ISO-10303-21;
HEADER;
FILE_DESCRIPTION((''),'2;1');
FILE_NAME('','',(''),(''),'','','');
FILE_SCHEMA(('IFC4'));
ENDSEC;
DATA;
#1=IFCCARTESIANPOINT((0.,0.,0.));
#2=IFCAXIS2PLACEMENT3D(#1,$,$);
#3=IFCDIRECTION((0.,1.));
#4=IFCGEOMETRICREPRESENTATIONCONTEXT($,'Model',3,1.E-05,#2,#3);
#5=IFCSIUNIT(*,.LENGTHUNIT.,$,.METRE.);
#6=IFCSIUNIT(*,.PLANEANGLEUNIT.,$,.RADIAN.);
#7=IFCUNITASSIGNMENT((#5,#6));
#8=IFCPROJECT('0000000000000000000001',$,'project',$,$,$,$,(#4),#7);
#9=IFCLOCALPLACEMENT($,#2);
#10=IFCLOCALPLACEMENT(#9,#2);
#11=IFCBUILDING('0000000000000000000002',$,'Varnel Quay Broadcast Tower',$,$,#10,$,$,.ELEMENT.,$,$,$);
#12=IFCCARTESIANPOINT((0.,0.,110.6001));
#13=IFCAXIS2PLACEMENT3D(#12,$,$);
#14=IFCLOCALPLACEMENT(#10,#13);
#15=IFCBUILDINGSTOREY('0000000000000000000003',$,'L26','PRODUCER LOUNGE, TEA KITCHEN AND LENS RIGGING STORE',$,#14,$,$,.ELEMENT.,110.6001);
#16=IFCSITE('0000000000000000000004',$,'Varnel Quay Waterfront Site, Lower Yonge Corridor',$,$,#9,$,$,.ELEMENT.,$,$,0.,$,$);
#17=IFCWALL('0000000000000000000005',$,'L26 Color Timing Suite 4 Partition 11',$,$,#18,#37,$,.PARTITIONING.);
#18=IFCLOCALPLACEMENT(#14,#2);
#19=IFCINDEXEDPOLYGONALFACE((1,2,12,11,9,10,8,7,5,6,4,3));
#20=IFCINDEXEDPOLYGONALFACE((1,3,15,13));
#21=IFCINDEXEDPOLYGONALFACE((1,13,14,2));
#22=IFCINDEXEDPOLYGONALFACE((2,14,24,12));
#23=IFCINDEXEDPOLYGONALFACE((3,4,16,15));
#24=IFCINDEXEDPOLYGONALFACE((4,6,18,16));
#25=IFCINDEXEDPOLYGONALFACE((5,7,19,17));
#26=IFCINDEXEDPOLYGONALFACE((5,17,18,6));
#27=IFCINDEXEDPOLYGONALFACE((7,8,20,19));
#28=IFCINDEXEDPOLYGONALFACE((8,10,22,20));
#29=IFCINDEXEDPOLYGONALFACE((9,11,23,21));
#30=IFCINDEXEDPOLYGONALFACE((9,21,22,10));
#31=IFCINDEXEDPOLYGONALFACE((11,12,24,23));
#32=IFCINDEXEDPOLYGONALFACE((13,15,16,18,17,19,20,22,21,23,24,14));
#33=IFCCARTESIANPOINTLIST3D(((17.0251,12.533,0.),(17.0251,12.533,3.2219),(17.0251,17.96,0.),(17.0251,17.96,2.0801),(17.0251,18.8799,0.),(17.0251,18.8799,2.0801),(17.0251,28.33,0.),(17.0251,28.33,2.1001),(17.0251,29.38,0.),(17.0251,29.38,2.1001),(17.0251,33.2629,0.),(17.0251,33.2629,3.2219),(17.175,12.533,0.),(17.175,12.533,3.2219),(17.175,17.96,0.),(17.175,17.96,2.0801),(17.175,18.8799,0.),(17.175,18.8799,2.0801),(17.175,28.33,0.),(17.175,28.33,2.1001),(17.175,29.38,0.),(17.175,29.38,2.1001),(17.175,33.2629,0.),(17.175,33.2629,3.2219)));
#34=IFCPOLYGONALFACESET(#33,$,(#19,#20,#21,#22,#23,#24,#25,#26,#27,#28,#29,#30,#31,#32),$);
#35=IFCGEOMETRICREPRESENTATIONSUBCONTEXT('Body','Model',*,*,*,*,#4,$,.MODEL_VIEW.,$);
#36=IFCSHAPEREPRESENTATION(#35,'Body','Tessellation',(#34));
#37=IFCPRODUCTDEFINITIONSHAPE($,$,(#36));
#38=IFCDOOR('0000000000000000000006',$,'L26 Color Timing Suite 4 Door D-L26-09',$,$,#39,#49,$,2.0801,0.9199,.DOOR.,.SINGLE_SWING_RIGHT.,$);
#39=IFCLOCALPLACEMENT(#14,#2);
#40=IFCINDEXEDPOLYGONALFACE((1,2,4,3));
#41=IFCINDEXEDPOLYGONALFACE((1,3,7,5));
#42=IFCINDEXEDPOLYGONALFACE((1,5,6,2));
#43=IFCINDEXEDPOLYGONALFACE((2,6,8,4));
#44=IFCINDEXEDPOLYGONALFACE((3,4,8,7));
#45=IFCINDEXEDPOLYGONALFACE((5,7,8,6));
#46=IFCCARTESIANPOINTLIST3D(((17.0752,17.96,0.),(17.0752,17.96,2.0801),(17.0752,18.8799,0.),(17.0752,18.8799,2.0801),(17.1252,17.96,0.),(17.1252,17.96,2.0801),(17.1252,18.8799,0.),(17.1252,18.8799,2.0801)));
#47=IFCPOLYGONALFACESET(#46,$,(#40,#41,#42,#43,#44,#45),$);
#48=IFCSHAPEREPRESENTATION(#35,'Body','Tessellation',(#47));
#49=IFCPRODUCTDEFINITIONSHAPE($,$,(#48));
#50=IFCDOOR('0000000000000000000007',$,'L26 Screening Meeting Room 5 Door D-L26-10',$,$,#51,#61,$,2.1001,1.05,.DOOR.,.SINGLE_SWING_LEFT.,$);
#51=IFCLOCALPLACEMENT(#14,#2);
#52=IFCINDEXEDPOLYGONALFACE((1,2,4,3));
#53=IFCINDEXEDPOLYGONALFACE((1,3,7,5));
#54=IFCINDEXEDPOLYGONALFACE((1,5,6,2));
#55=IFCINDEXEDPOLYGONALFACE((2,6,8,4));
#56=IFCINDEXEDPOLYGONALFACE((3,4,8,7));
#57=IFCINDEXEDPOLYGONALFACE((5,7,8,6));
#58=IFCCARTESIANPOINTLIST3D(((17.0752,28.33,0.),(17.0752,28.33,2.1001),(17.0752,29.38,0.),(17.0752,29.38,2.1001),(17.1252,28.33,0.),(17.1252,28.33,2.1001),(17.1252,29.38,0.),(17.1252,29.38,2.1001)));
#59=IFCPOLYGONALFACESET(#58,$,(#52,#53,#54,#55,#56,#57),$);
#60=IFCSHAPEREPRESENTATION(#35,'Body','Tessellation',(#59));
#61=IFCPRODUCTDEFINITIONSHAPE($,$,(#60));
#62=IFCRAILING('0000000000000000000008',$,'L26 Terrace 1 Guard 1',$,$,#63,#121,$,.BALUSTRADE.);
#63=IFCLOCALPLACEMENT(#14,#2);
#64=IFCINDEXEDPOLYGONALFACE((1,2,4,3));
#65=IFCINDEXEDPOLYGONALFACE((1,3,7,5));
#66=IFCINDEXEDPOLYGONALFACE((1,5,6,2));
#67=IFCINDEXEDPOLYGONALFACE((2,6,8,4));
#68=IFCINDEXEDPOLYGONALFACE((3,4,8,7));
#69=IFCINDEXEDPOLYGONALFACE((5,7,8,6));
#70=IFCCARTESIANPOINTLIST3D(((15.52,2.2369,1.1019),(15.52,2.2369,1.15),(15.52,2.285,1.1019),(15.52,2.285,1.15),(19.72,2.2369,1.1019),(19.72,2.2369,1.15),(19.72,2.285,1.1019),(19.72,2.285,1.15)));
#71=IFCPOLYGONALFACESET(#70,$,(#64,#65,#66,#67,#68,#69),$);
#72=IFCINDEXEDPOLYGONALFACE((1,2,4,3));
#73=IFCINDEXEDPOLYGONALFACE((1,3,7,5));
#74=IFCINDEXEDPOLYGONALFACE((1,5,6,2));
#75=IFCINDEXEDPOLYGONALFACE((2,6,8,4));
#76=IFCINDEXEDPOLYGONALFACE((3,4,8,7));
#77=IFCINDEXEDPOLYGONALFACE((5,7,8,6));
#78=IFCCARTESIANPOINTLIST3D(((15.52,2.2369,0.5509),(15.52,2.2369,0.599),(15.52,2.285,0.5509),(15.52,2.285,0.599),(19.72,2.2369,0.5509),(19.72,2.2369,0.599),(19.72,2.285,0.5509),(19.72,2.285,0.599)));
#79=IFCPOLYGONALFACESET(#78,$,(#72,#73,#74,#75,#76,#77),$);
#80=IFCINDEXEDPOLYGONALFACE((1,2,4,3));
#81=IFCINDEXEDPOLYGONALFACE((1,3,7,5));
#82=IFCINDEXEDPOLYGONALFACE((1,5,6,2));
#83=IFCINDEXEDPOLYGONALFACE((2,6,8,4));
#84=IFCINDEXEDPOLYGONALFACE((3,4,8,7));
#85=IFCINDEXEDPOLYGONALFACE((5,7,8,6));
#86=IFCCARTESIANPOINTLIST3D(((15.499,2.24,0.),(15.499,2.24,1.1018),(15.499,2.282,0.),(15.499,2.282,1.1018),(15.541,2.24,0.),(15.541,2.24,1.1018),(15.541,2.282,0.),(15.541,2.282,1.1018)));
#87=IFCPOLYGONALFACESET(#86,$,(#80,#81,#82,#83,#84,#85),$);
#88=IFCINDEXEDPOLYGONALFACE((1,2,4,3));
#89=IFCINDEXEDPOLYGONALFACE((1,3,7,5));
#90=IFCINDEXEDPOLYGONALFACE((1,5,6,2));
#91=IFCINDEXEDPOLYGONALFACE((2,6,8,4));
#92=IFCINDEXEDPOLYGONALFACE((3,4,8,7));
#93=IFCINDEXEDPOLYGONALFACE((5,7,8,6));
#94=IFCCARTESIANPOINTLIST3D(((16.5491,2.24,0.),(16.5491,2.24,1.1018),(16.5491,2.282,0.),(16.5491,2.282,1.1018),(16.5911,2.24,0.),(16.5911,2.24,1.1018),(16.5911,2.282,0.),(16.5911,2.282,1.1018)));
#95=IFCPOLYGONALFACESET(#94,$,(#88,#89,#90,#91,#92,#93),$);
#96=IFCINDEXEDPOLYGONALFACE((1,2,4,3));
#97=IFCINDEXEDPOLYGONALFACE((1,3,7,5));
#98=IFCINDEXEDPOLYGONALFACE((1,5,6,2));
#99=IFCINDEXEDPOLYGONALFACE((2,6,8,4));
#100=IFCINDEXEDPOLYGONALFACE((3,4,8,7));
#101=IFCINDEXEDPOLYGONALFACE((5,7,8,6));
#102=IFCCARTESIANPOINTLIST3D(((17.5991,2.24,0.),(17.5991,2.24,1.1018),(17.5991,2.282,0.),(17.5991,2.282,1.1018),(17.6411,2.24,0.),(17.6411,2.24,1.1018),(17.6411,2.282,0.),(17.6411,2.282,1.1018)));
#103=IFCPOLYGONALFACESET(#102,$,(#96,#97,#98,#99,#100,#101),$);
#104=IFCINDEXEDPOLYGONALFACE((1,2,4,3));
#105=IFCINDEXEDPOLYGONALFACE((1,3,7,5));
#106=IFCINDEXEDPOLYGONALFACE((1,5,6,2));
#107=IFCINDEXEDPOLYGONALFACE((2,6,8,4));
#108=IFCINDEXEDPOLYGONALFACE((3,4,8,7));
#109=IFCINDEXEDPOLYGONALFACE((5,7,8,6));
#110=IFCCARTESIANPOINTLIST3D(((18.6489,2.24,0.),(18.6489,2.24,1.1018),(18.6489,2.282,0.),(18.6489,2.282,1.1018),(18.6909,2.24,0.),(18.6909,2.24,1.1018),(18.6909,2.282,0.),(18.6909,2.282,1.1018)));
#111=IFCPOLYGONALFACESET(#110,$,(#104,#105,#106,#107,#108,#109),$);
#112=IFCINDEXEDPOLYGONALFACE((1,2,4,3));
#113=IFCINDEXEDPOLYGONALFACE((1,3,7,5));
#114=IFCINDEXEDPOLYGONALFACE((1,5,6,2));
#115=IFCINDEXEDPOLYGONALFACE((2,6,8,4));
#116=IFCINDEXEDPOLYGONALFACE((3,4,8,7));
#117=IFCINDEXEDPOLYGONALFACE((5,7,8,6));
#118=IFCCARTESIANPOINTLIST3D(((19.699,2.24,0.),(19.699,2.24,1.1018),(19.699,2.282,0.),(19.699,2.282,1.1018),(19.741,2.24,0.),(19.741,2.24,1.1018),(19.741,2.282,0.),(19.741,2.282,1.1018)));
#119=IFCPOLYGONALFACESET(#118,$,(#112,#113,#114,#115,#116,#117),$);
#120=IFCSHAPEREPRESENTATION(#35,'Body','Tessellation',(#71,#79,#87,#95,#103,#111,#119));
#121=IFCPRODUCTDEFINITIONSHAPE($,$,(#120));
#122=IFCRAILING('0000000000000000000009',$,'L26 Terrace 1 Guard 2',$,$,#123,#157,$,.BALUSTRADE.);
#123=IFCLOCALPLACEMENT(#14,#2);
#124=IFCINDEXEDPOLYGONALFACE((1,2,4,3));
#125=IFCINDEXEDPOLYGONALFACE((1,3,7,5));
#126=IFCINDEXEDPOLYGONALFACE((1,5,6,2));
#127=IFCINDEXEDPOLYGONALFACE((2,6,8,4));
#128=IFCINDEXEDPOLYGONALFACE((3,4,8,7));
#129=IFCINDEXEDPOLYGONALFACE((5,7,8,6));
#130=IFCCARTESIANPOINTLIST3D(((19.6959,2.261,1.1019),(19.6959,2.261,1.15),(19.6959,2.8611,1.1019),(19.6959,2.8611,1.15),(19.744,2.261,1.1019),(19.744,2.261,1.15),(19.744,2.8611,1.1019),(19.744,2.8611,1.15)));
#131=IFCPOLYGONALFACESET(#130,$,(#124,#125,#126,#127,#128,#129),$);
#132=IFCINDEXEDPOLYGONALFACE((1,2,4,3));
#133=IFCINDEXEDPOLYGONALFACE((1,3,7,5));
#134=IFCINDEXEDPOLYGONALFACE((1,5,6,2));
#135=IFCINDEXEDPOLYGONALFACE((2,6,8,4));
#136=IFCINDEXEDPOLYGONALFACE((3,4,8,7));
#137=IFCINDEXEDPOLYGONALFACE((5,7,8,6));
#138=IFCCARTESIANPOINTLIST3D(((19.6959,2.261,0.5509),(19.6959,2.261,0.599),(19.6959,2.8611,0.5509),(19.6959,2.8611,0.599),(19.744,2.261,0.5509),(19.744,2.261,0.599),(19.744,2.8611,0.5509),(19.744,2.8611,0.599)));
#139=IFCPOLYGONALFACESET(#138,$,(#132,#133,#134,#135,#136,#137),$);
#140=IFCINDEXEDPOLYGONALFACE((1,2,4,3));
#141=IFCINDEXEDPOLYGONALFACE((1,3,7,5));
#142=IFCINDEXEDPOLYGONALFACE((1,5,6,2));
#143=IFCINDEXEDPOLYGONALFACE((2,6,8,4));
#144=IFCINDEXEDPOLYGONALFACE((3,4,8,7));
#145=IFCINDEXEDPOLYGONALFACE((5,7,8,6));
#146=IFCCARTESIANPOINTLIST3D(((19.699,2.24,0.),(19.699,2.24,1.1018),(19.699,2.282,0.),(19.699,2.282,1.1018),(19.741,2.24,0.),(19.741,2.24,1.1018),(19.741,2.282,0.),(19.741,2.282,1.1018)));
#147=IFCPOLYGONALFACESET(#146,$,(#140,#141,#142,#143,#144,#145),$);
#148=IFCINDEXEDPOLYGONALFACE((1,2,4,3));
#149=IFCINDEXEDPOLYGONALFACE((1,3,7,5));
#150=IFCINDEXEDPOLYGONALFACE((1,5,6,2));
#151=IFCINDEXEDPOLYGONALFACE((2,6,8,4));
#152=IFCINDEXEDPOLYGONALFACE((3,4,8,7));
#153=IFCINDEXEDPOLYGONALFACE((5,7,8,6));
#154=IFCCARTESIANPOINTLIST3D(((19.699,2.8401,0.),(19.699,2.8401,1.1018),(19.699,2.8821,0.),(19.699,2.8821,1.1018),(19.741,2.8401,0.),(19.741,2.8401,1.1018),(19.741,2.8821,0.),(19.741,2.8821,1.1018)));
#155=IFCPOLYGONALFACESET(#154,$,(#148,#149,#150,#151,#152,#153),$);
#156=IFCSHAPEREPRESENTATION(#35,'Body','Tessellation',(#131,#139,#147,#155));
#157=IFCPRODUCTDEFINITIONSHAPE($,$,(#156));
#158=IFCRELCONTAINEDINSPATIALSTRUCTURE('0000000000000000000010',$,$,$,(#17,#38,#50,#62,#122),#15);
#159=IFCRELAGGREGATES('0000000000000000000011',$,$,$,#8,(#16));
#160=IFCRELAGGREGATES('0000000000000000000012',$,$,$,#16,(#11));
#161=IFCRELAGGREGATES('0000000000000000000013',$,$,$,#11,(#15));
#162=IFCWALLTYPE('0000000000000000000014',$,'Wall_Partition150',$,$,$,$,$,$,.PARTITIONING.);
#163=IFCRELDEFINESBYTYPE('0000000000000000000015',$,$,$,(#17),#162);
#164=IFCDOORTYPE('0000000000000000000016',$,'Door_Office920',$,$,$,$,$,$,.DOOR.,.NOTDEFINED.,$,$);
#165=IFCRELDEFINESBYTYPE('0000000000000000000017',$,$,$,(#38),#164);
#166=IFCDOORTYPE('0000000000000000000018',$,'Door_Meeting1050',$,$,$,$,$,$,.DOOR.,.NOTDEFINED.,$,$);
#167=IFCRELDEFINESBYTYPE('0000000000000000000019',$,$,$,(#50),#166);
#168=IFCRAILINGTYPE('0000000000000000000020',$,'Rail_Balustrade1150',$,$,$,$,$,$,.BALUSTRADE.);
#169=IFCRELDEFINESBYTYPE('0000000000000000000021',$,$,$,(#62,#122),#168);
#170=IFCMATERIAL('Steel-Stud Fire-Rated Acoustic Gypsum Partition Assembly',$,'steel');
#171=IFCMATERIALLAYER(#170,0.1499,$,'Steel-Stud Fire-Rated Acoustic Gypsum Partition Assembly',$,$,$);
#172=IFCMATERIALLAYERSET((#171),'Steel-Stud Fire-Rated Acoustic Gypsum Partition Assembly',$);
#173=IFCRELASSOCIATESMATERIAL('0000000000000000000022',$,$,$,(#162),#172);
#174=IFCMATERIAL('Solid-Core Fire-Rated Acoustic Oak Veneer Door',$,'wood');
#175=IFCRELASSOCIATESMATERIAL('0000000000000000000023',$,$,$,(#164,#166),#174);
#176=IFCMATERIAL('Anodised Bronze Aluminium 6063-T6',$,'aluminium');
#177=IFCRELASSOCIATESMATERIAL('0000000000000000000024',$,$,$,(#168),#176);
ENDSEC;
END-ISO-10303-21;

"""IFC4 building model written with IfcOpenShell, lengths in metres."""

from ifc_helpers import new_model, si_unit, direction, frame, frame_2d, origin, origin_2d, place, context, subcontext, project, spatial, rectangle, extrude, source, transform, mapped, material, layer, layer_set, type_object, type_shapes, element, fill, save


model = new_model("IFC4")

# Units and contexts
model_context = context("Model", 3, precision=1e-05, world=origin(), true_north=direction((0.0, 1.0)))
body_context = subcontext(model_context, "Body", "Model", "MODEL_VIEW")
ifc_project = project(units=[si_unit("LENGTHUNIT", "METRE"), si_unit("PLANEANGLEUNIT", "RADIAN")], contexts=[model_context])

# Site, building, storey
site_placement = place(None, origin())
site = spatial("IfcSite", under=ifc_project, at=site_placement, Name="Varnel Quay Waterfront Site, Lower Yonge Corridor", CompositionType="ELEMENT", RefElevation=0.0)
building_placement = place(site_placement, origin())
building = spatial("IfcBuilding", under=site, at=building_placement, Name="Varnel Quay Broadcast Tower", CompositionType="ELEMENT")
storey_placement = place(building_placement, frame((0.0, 0.0, 110.6001)))
storey = spatial("IfcBuildingStorey", under=building, at=storey_placement, Name="L26", Description="PRODUCER LOUNGE, TEA KITCHEN AND LENS RIGGING STORE", CompositionType="ELEMENT", Elevation=110.6001)

# Shared definitions
ifc_material_1 = material(Name="Anodised Bronze Aluminium 6063-T6", Category="aluminium")

# Shared definitions
ifc_material_2 = material(Name="Steel-Stud Fire-Rated Acoustic Gypsum Partition Assembly", Category="steel")

# Shared definitions
ifc_material_3 = material(Name="Solid-Core Fire-Rated Acoustic Oak Veneer Door", Category="wood")

# Wall, openings, doors
ifc_layer_1 = layer(ifc_material_2, 0.1499, Name="Steel-Stud Fire-Rated Acoustic Gypsum Partition Assembly")
ifc_layer_set_1 = layer_set([ifc_layer_1], Name="Steel-Stud Fire-Rated Acoustic Gypsum Partition Assembly")
wall_type_1 = type_object("IfcWallType", Name="Wall_Partition150", PredefinedType="PARTITIONING", material=ifc_layer_set_1)
wall_1_placement = place(storey_placement, frame((17.1001, 12.533, 0.0), z_axis=(0.0, 0.0, 1.0), x_axis=(0.0, 1.0, 0.0)))
wall_1 = element("IfcWall", 1, at=wall_1_placement, inside=storey, type_object=wall_type_1, Name="L26 Color Timing Suite 4 Partition 11", PredefinedType="PARTITIONING", context=body_context, shape_type="SweptSolid", body=[
    extrude(rectangle(XDim=20.73, YDim=0.1499, at=frame_2d((10.365, 0.0))), origin(), (0.0, 0.0, 1.0), 3.2219),
])
opening_1_placement = place(wall_1_placement, frame((5.427, 0.0, 0.0)))
opening_1 = element("IfcOpeningElement", 2, at=opening_1_placement, cuts=wall_1, PredefinedType="OPENING", context=body_context, shape_type="SweptSolid", body=[
    extrude(rectangle(XDim=0.9199, YDim=2.0801, at=frame_2d((0.46, 1.04))), frame((0.0, 0.085, 0.0), z_axis=(0.0, -1.0, 0.0), x_axis=(1.0, 0.0, 0.0)), (0.0, 0.0, 1.0), 0.1699),
])
opening_2_placement = place(wall_1_placement, frame((15.7971, 0.0, 0.0)))
opening_2 = element("IfcOpeningElement", 3, at=opening_2_placement, cuts=wall_1, PredefinedType="OPENING", context=body_context, shape_type="SweptSolid", body=[
    extrude(rectangle(XDim=1.05, YDim=2.1001, at=frame_2d((0.5249, 1.05))), frame((0.0, 0.085, 0.0), z_axis=(0.0, -1.0, 0.0), x_axis=(1.0, 0.0, 0.0)), (0.0, 0.0, 1.0), 0.1699),
])
door_type_1 = type_object("IfcDoorType", Name="Door_Office920", OperationType="NOTDEFINED", PredefinedType="DOOR", material=ifc_material_3)
shared_shape_1 = source(origin(), body_context, "Body", "SweptSolid", [
    extrude(rectangle(XDim=0.9199, YDim=2.0801, at=frame_2d((0.46, 1.04))), frame((0.0, 0.0249, 0.0), z_axis=(0.0, -1.0, 0.0), x_axis=(1.0, 0.0, 0.0)), (0.0, 0.0, 1.0), 0.05),
])
type_shapes(door_type_1, [shared_shape_1])
door_1_placement = place(opening_1_placement, origin())
door_1 = element("IfcDoor", 4, at=door_1_placement, inside=storey, type_object=door_type_1, Name="L26 Color Timing Suite 4 Door D-L26-09", OperationType="SINGLE_SWING_RIGHT", OverallHeight=2.0801, OverallWidth=0.9199, PredefinedType="DOOR", context=body_context, shape_type="MappedRepresentation", body=[
    mapped(shared_shape_1, transform((0.0, 0.0, 0.0), x_axis=(1.0, 0.0, 0.0), y_axis=(0.0, 1.0, 0.0), z_axis=(0.0, 0.0, 1.0), scale=1.0)),
])
fill(opening_1, door_1)
door_type_2 = type_object("IfcDoorType", Name="Door_Meeting1050", OperationType="NOTDEFINED", PredefinedType="DOOR", material=ifc_material_3)
shared_shape_2 = source(origin(), body_context, "Body", "SweptSolid", [
    extrude(rectangle(XDim=1.05, YDim=2.1001, at=frame_2d((0.5249, 1.05))), frame((0.0, 0.0249, 0.0), z_axis=(0.0, -1.0, 0.0), x_axis=(1.0, 0.0, 0.0)), (0.0, 0.0, 1.0), 0.05),
])
type_shapes(door_type_2, [shared_shape_2])
door_2_placement = place(opening_2_placement, origin())
door_2 = element("IfcDoor", 5, at=door_2_placement, inside=storey, type_object=door_type_2, Name="L26 Screening Meeting Room 5 Door D-L26-10", OperationType="SINGLE_SWING_LEFT", OverallHeight=2.1001, OverallWidth=1.05, PredefinedType="DOOR", context=body_context, shape_type="MappedRepresentation", body=[
    mapped(shared_shape_2, transform((0.0, 0.0, 0.0), x_axis=(1.0, 0.0, 0.0), y_axis=(0.0, 1.0, 0.0), z_axis=(0.0, 0.0, 1.0), scale=1.0)),
])
fill(opening_2, door_2)

# Railings
railing_type = type_object("IfcRailingType", Name="Rail_Balustrade1150", PredefinedType="BALUSTRADE", material=ifc_material_1)
railing_1_placement = place(storey_placement, frame((15.52, 2.261, 0.0)))
element("IfcRailing", 6, at=railing_1_placement, inside=storey, type_object=railing_type, Name="L26 Terrace 1 Guard 1", PredefinedType="BALUSTRADE", context=body_context, shape_type="SweptSolid", body=[
    extrude(rectangle(XDim=0.0481, YDim=0.0481, at=origin_2d()), frame((0.0, 0.0, 1.126), z_axis=(1.0, 0.0, 0.0), x_axis=(0.0, 1.0, 0.0)), (0.0, 0.0, 1.0), 4.2),
    extrude(rectangle(XDim=0.0481, YDim=0.0481, at=origin_2d()), frame((0.0, 0.0, 0.575), z_axis=(1.0, 0.0, 0.0), x_axis=(0.0, 1.0, 0.0)), (0.0, 0.0, 1.0), 4.2),
    extrude(rectangle(XDim=0.042, YDim=0.042, at=origin_2d()), origin(), (0.0, 0.0, 1.0), 1.1018),
    extrude(rectangle(XDim=0.042, YDim=0.042, at=origin_2d()), frame((1.05, 0.0, 0.0)), (0.0, 0.0, 1.0), 1.1018),
    extrude(rectangle(XDim=0.042, YDim=0.042, at=origin_2d()), frame((2.1001, 0.0, 0.0)), (0.0, 0.0, 1.0), 1.1018),
    extrude(rectangle(XDim=0.042, YDim=0.042, at=origin_2d()), frame((3.1499, 0.0, 0.0)), (0.0, 0.0, 1.0), 1.1018),
    extrude(rectangle(XDim=0.042, YDim=0.042, at=origin_2d()), frame((4.2, 0.0, 0.0)), (0.0, 0.0, 1.0), 1.1018),
])
railing_2_placement = place(storey_placement, frame((19.72, 2.261, 0.0)))
element("IfcRailing", 7, at=railing_2_placement, inside=storey, type_object=railing_type, Name="L26 Terrace 1 Guard 2", PredefinedType="BALUSTRADE", context=body_context, shape_type="SweptSolid", body=[
    extrude(rectangle(XDim=0.0481, YDim=0.0481, at=origin_2d()), frame((0.0, 0.0, 1.126), z_axis=(0.0, 1.0, 0.0), x_axis=(-1.0, 0.0, 0.0)), (0.0, 0.0, 1.0), 0.6001),
    extrude(rectangle(XDim=0.0481, YDim=0.0481, at=origin_2d()), frame((0.0, 0.0, 0.575), z_axis=(0.0, 1.0, 0.0), x_axis=(-1.0, 0.0, 0.0)), (0.0, 0.0, 1.0), 0.6001),
    extrude(rectangle(XDim=0.042, YDim=0.042, at=origin_2d()), origin(), (0.0, 0.0, 1.0), 1.1018),
    extrude(rectangle(XDim=0.042, YDim=0.042, at=origin_2d()), frame((0.0, 0.6001, 0.0)), (0.0, 0.0, 1.0), 1.1018),
])

save(model, "model.ifc")
